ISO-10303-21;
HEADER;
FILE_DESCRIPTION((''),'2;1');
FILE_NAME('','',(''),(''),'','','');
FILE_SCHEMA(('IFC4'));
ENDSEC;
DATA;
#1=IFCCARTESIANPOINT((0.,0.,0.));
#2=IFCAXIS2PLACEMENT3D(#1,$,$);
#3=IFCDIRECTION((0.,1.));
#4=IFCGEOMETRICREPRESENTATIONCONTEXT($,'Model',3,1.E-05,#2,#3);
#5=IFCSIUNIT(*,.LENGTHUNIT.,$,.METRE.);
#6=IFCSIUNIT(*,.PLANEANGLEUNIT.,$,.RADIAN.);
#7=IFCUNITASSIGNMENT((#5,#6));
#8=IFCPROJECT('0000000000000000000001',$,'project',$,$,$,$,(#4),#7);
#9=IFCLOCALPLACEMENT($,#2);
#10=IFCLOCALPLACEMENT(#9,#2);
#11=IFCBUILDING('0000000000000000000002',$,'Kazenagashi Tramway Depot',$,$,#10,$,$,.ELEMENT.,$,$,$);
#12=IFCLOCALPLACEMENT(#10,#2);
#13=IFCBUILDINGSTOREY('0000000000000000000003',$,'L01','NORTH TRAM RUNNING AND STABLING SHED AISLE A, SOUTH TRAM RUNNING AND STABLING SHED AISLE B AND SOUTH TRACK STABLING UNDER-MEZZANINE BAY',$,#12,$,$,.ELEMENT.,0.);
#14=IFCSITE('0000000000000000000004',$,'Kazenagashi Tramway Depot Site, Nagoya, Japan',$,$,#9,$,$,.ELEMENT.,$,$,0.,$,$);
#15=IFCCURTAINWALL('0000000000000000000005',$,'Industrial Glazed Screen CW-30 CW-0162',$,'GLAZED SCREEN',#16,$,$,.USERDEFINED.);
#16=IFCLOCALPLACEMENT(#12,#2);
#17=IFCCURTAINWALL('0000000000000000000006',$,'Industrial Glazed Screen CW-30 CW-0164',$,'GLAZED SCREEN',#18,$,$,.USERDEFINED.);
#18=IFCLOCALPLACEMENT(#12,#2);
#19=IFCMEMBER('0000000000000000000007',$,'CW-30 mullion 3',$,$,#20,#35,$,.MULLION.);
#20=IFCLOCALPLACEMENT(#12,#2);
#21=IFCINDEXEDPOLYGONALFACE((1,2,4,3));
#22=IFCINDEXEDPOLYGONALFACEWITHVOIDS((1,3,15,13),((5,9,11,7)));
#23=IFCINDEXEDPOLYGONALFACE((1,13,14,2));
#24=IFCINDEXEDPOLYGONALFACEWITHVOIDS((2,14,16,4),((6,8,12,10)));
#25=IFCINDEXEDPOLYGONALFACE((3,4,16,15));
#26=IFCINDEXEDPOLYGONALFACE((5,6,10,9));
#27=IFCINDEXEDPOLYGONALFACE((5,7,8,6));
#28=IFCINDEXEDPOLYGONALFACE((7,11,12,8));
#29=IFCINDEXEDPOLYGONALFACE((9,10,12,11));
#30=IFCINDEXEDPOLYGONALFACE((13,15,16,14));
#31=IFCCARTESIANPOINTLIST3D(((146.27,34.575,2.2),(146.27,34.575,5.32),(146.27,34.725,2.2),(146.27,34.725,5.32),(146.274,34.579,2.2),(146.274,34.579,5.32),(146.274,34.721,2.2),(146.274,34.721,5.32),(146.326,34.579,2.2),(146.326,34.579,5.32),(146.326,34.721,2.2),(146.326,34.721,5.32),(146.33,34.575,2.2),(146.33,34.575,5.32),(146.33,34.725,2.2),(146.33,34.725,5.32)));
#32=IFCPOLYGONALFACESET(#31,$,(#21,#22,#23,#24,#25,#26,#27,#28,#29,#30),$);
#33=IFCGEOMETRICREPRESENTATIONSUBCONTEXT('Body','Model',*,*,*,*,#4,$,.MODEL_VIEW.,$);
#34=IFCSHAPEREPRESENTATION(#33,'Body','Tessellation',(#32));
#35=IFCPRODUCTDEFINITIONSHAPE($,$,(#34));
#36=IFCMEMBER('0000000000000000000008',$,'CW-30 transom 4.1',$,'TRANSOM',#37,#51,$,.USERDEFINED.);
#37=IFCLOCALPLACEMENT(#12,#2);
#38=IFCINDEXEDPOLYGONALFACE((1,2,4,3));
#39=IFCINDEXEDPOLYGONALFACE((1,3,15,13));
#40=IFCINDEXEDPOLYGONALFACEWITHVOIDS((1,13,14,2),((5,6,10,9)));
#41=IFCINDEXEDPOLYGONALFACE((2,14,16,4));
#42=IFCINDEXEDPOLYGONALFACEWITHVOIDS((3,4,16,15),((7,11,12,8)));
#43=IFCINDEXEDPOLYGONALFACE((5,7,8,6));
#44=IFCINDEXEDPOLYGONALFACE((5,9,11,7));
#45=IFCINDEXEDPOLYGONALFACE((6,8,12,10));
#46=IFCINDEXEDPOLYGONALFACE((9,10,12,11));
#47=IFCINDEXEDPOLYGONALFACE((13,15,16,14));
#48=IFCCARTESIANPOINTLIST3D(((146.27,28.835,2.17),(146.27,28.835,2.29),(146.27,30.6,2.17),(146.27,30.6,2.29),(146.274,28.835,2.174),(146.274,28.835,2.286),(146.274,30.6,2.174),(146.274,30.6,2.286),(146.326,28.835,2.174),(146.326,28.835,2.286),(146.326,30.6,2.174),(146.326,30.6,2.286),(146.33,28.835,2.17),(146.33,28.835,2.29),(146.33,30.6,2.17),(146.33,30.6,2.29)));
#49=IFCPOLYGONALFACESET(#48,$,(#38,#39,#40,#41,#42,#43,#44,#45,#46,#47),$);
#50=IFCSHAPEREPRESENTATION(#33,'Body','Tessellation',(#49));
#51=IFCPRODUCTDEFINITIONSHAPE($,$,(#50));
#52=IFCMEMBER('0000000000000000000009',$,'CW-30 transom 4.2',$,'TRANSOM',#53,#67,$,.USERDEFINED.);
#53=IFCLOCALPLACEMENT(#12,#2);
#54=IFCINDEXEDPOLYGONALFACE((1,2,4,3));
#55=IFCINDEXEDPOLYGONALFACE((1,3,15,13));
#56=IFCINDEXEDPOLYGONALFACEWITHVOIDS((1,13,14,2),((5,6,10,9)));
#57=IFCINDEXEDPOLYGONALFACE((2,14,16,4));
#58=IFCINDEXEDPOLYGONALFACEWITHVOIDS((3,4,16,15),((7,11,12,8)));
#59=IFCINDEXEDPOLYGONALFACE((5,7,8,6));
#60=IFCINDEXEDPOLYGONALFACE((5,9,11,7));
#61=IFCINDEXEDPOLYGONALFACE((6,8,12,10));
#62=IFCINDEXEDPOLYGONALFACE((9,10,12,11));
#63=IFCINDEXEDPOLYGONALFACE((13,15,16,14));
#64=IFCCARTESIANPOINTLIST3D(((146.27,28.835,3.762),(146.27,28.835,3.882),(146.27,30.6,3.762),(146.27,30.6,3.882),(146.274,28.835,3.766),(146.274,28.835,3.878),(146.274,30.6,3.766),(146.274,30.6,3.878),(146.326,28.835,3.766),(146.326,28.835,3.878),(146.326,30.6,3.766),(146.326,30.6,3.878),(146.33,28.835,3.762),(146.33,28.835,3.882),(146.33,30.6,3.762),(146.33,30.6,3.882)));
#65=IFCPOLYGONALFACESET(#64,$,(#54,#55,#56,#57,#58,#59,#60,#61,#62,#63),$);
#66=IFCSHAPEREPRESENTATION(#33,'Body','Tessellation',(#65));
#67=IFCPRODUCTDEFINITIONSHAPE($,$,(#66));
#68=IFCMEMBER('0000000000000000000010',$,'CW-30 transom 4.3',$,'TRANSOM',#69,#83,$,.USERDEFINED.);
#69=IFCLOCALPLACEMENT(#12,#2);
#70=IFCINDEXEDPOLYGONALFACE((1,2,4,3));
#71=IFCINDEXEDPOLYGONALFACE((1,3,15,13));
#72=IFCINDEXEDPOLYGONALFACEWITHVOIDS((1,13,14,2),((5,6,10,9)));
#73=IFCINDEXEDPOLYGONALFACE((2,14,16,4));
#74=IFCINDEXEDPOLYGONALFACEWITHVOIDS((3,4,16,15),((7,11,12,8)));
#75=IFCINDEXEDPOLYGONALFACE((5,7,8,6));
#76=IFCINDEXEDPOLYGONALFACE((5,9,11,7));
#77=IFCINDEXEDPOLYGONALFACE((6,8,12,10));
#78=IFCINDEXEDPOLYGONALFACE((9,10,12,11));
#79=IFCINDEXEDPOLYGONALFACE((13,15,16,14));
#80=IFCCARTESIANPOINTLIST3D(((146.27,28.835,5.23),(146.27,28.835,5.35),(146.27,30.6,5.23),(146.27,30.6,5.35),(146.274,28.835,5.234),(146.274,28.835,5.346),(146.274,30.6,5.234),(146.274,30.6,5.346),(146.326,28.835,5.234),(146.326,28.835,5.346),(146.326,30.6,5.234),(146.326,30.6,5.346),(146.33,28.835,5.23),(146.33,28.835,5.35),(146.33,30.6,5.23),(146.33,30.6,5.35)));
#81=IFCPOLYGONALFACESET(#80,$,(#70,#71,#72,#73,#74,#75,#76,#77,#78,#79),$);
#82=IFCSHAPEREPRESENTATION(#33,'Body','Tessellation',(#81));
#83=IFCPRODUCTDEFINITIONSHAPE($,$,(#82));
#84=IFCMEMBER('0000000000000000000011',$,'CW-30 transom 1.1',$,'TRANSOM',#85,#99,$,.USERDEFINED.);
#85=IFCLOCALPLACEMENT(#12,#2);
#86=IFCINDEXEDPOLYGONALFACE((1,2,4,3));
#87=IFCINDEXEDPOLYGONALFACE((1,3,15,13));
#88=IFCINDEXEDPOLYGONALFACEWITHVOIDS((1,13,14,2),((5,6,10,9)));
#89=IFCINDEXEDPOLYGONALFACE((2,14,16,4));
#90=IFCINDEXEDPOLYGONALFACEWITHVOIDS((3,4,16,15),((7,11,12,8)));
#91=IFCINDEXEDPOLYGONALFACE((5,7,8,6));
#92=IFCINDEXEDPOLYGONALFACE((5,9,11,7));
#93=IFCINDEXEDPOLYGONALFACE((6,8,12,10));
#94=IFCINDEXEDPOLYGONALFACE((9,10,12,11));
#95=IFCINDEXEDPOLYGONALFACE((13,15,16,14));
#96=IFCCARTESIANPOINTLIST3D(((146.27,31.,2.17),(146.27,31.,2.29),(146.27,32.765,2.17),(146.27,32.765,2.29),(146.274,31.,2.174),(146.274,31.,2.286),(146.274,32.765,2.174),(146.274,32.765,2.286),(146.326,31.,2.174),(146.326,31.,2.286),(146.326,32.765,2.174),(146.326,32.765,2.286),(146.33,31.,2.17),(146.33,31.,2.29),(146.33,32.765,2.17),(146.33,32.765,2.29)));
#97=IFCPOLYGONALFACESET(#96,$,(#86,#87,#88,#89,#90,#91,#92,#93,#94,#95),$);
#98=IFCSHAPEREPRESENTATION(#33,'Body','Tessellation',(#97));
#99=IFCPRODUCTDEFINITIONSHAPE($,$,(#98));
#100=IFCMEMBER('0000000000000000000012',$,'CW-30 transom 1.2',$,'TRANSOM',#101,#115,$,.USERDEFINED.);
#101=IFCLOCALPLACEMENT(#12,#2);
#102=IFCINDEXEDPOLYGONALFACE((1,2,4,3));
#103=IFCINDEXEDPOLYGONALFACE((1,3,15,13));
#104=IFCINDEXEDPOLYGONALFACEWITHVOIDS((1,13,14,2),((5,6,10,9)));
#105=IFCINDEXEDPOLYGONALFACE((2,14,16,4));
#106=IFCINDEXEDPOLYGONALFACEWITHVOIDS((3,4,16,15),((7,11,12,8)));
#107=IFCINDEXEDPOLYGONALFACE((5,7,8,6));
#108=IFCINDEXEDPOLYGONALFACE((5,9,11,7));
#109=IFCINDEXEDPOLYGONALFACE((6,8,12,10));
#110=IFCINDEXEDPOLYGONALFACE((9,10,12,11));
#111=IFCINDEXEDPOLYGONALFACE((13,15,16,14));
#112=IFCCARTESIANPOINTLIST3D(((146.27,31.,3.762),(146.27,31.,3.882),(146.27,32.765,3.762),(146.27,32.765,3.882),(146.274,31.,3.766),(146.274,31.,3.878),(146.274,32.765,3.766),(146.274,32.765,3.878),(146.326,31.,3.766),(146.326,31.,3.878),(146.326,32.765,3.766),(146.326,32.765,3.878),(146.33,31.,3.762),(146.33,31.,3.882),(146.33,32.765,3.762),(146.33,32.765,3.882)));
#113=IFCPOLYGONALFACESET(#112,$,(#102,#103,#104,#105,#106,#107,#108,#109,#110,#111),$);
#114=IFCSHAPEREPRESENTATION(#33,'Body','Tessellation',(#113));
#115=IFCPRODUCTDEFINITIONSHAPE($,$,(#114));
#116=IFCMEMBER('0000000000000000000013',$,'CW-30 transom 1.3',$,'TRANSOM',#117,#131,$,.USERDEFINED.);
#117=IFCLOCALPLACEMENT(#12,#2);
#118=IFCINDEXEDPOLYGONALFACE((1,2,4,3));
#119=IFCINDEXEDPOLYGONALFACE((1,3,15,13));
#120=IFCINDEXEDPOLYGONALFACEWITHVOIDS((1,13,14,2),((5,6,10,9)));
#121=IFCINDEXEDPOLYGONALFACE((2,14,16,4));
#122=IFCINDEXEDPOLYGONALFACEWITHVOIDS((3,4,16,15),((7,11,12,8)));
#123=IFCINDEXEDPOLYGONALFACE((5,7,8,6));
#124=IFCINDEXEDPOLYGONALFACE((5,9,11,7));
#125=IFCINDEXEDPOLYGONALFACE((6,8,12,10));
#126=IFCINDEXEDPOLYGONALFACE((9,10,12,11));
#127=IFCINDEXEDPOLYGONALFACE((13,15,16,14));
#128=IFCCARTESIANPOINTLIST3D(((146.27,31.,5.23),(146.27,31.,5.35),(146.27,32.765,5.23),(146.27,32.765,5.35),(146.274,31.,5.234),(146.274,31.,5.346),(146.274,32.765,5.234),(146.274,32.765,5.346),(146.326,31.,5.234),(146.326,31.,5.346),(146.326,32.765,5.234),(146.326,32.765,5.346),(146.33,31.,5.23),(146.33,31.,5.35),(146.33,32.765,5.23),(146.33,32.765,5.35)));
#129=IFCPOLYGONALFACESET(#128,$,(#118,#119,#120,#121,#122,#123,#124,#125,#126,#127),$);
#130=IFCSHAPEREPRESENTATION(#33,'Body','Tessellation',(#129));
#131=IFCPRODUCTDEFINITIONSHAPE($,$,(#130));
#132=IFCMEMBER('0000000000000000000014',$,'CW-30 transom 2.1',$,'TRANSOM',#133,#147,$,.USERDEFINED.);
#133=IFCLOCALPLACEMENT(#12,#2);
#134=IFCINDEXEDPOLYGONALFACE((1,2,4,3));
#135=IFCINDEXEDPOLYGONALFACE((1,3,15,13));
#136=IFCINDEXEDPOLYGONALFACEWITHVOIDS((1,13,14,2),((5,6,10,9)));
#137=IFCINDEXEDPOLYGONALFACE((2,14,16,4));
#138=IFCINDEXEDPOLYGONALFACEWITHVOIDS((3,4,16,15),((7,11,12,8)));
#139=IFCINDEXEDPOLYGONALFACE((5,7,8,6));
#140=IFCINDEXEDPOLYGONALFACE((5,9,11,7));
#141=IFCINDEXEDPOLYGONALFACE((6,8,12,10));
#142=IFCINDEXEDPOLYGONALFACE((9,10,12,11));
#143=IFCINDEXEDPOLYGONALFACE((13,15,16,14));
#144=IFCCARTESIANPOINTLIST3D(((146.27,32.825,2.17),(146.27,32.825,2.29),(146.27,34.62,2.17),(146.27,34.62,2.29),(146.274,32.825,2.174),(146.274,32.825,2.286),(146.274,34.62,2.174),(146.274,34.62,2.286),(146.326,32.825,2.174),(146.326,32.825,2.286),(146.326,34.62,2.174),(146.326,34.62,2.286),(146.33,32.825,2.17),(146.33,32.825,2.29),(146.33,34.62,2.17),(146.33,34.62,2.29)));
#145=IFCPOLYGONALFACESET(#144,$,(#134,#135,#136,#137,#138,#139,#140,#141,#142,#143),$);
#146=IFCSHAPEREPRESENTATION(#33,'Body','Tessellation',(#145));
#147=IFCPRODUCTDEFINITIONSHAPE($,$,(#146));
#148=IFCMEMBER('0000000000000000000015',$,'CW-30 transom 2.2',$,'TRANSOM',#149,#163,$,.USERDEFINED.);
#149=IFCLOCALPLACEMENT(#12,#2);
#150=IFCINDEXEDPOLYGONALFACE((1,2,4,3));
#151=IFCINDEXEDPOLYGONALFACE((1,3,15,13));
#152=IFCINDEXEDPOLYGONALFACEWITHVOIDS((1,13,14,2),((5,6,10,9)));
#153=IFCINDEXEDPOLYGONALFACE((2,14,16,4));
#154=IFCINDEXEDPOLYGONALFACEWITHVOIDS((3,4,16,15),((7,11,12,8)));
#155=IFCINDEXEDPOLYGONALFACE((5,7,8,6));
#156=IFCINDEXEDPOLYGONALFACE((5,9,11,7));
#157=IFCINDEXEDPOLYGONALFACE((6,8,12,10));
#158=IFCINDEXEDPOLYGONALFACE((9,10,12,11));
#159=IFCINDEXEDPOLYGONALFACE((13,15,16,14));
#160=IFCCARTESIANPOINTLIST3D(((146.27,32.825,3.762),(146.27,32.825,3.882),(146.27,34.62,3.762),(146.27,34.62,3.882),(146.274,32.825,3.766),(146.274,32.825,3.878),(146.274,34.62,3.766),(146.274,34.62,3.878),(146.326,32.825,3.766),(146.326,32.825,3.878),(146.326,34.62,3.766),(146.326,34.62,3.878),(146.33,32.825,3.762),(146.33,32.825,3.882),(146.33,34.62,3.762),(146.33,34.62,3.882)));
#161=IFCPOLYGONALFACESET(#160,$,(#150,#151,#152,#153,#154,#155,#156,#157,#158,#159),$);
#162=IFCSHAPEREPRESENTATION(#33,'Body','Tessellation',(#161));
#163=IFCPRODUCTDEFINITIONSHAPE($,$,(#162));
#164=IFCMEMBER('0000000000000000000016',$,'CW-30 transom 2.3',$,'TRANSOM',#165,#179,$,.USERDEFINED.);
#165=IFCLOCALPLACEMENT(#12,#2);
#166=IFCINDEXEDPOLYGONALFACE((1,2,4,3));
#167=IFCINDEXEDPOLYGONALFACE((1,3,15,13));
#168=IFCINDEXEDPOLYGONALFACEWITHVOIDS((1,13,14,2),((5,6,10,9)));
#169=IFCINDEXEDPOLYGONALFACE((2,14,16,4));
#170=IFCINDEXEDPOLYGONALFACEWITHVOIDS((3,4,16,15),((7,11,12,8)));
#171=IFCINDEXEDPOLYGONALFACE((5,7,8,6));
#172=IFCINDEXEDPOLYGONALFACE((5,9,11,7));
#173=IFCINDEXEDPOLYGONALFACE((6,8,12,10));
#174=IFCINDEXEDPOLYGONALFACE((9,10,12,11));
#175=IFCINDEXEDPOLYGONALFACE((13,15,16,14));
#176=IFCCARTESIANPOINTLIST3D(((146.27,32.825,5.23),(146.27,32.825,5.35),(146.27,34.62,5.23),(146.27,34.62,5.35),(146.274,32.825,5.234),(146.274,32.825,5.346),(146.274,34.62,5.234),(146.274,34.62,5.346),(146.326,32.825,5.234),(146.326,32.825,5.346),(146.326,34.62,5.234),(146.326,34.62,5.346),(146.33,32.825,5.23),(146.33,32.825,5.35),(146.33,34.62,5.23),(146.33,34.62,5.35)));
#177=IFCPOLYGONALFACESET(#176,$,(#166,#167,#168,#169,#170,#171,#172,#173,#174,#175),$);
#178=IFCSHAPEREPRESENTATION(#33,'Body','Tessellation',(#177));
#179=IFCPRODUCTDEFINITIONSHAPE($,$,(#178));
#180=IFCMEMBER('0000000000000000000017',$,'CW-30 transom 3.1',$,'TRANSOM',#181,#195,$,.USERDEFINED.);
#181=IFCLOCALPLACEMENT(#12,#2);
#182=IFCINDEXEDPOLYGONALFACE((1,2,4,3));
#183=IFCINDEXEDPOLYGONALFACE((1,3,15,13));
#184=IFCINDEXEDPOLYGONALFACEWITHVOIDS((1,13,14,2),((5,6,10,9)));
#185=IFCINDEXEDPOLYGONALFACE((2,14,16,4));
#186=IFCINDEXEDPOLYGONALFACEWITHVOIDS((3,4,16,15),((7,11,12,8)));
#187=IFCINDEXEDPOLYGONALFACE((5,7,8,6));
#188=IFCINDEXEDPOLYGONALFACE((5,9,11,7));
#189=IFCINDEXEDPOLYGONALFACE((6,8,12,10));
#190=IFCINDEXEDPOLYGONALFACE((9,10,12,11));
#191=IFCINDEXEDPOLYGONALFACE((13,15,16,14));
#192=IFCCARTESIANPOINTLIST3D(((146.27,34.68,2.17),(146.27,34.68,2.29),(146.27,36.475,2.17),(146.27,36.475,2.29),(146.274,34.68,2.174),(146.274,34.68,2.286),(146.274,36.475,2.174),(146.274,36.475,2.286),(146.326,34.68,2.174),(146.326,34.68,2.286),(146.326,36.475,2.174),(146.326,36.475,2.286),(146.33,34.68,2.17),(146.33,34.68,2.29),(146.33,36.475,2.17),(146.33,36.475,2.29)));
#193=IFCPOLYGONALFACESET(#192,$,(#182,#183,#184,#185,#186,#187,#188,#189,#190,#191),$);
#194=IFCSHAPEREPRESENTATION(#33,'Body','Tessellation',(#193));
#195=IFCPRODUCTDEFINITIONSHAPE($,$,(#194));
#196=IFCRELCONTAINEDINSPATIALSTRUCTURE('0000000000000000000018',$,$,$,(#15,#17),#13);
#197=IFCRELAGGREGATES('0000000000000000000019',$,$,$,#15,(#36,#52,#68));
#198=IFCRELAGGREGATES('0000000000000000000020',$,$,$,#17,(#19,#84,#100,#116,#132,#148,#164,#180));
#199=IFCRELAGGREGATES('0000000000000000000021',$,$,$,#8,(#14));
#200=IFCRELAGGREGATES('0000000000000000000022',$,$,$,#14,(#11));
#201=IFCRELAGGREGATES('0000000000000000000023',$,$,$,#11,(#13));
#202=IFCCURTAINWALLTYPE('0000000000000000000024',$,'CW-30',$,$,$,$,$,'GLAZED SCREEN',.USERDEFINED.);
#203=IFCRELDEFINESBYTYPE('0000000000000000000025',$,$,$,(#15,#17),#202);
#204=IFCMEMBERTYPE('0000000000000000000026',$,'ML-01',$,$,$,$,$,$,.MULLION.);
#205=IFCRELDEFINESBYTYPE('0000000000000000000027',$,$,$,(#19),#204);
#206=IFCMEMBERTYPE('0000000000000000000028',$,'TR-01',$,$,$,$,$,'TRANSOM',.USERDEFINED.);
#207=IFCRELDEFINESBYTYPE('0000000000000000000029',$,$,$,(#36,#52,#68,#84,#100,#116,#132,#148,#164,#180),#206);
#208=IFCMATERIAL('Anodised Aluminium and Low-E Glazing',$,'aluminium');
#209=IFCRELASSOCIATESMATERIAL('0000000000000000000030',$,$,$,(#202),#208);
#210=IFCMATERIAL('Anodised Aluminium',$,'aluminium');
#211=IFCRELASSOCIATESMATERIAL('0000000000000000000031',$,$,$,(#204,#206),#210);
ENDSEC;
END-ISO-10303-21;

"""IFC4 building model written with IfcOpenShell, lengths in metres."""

from ifc_helpers import new_model, si_unit, direction, frame, origin, origin_2d, place, context, subcontext, project, spatial, hollow_rectangle, extrude, material, material_profile, profile_set, type_object, element, aggregate, save


model = new_model("IFC4")

# Units and contexts
model_context = context("Model", 3, precision=1e-05, world=origin(), true_north=direction((0.0, 1.0)))
body_context = subcontext(model_context, "Body", "Model", "MODEL_VIEW")
ifc_project = project(units=[si_unit("LENGTHUNIT", "METRE"), si_unit("PLANEANGLEUNIT", "RADIAN")], contexts=[model_context])

# Site, building, storey
site_placement = place(None, origin())
site = spatial("IfcSite", under=ifc_project, at=site_placement, Name="Kazenagashi Tramway Depot Site, Nagoya, Japan", CompositionType="ELEMENT", RefElevation=0.0)
building_placement = place(site_placement, origin())
building = spatial("IfcBuilding", under=site, at=building_placement, Name="Kazenagashi Tramway Depot", CompositionType="ELEMENT")
storey_placement = place(building_placement, origin())
storey = spatial("IfcBuildingStorey", under=building, at=storey_placement, Name="L01", Description="NORTH TRAM RUNNING AND STABLING SHED AISLE A, SOUTH TRAM RUNNING AND STABLING SHED AISLE B AND SOUTH TRACK STABLING UNDER-MEZZANINE BAY", CompositionType="ELEMENT", Elevation=0.0)

# Curtain walls, member
ifc_material_1 = material(Name="Anodised Aluminium and Low-E Glazing", Category="aluminium")
curtain_wall_type = type_object("IfcCurtainWallType", Name="CW-30", ElementType="GLAZED SCREEN", PredefinedType="USERDEFINED", material=ifc_material_1)
curtain_wall_1_placement = place(storey_placement, origin())
curtain_wall_1 = element("IfcCurtainWall", 1, at=curtain_wall_1_placement, inside=storey, type_object=curtain_wall_type, Name="Industrial Glazed Screen CW-30 CW-0162", ObjectType="GLAZED SCREEN", PredefinedType="USERDEFINED")
ifc_material_2 = material(Name="Anodised Aluminium", Category="aluminium")
ifc_material_profile_1 = material_profile(ifc_material_2, hollow_rectangle(XDim=0.06, YDim=0.15, WallThickness=0.004, at=origin_2d()), Name="RHS-150x60x4")
ifc_profile_set_1 = profile_set([ifc_material_profile_1], Name="Anodised Aluminium")
member_type_1 = type_object("IfcMemberType", Name="ML-01", PredefinedType="MULLION", material=ifc_profile_set_1)
curtain_wall_2_placement = place(storey_placement, origin())
curtain_wall_2 = element("IfcCurtainWall", 2, at=curtain_wall_2_placement, inside=storey, type_object=curtain_wall_type, Name="Industrial Glazed Screen CW-30 CW-0164", ObjectType="GLAZED SCREEN", PredefinedType="USERDEFINED")
member_1_placement = place(storey_placement, frame((146.3, 34.65, 2.2), z_axis=(0.0, 0.0, 1.0), x_axis=(-1.0, 0.0, 0.0)))
member_1 = element("IfcMember", 3, at=member_1_placement, type_object=member_type_1, Name="CW-30 mullion 3", PredefinedType="MULLION", context=body_context, shape_type="SweptSolid", body=[
    extrude(hollow_rectangle(XDim=0.06, YDim=0.15, WallThickness=0.004, at=origin_2d()), origin(), (0.0, 0.0, 1.0), 3.12),
])

# Members
ifc_material_profile_2 = material_profile(ifc_material_2, hollow_rectangle(XDim=0.06, YDim=0.12, WallThickness=0.004, at=origin_2d()), Name="RHS-120x60x4")
ifc_profile_set_2 = profile_set([ifc_material_profile_2], Name="Anodised Aluminium")
member_type_2 = type_object("IfcMemberType", Name="TR-01", ElementType="TRANSOM", PredefinedType="USERDEFINED", material=ifc_profile_set_2)
member_2_placement = place(storey_placement, frame((146.3, 28.835, 2.23), z_axis=(0.0, 1.0, 0.0), x_axis=(-1.0, 0.0, 0.0)))
member_2 = element("IfcMember", 4, at=member_2_placement, type_object=member_type_2, Name="CW-30 transom 4.1", ObjectType="TRANSOM", PredefinedType="USERDEFINED", context=body_context, shape_type="SweptSolid", body=[
    extrude(hollow_rectangle(XDim=0.06, YDim=0.12, WallThickness=0.004, at=origin_2d()), origin(), (0.0, 0.0, 1.0), 1.765),
])
member_3_placement = place(storey_placement, frame((146.3, 28.835, 3.822), z_axis=(0.0, 1.0, 0.0), x_axis=(-1.0, 0.0, 0.0)))
member_3 = element("IfcMember", 5, at=member_3_placement, type_object=member_type_2, Name="CW-30 transom 4.2", ObjectType="TRANSOM", PredefinedType="USERDEFINED", context=body_context, shape_type="SweptSolid", body=[
    extrude(hollow_rectangle(XDim=0.06, YDim=0.12, WallThickness=0.004, at=origin_2d()), origin(), (0.0, 0.0, 1.0), 1.765),
])
member_4_placement = place(storey_placement, frame((146.3, 28.835, 5.29), z_axis=(0.0, 1.0, 0.0), x_axis=(-1.0, 0.0, 0.0)))
member_4 = element("IfcMember", 6, at=member_4_placement, type_object=member_type_2, Name="CW-30 transom 4.3", ObjectType="TRANSOM", PredefinedType="USERDEFINED", context=body_context, shape_type="SweptSolid", body=[
    extrude(hollow_rectangle(XDim=0.06, YDim=0.12, WallThickness=0.004, at=origin_2d()), origin(), (0.0, 0.0, 1.0), 1.765),
])
member_5_placement = place(storey_placement, frame((146.3, 31.0, 2.23), z_axis=(0.0, 1.0, 0.0), x_axis=(-1.0, 0.0, 0.0)))
member_5 = element("IfcMember", 7, at=member_5_placement, type_object=member_type_2, Name="CW-30 transom 1.1", ObjectType="TRANSOM", PredefinedType="USERDEFINED", context=body_context, shape_type="SweptSolid", body=[
    extrude(hollow_rectangle(XDim=0.06, YDim=0.12, WallThickness=0.004, at=origin_2d()), origin(), (0.0, 0.0, 1.0), 1.765),
])
member_6_placement = place(storey_placement, frame((146.3, 31.0, 3.822), z_axis=(0.0, 1.0, 0.0), x_axis=(-1.0, 0.0, 0.0)))
member_6 = element("IfcMember", 8, at=member_6_placement, type_object=member_type_2, Name="CW-30 transom 1.2", ObjectType="TRANSOM", PredefinedType="USERDEFINED", context=body_context, shape_type="SweptSolid", body=[
    extrude(hollow_rectangle(XDim=0.06, YDim=0.12, WallThickness=0.004, at=origin_2d()), origin(), (0.0, 0.0, 1.0), 1.765),
])
member_7_placement = place(storey_placement, frame((146.3, 31.0, 5.29), z_axis=(0.0, 1.0, 0.0), x_axis=(-1.0, 0.0, 0.0)))
member_7 = element("IfcMember", 9, at=member_7_placement, type_object=member_type_2, Name="CW-30 transom 1.3", ObjectType="TRANSOM", PredefinedType="USERDEFINED", context=body_context, shape_type="SweptSolid", body=[
    extrude(hollow_rectangle(XDim=0.06, YDim=0.12, WallThickness=0.004, at=origin_2d()), origin(), (0.0, 0.0, 1.0), 1.765),
])
member_8_placement = place(storey_placement, frame((146.3, 32.825, 2.23), z_axis=(0.0, 1.0, 0.0), x_axis=(-1.0, 0.0, 0.0)))
member_8 = element("IfcMember", 10, at=member_8_placement, type_object=member_type_2, Name="CW-30 transom 2.1", ObjectType="TRANSOM", PredefinedType="USERDEFINED", context=body_context, shape_type="SweptSolid", body=[
    extrude(hollow_rectangle(XDim=0.06, YDim=0.12, WallThickness=0.004, at=origin_2d()), origin(), (0.0, 0.0, 1.0), 1.795),
])
member_9_placement = place(storey_placement, frame((146.3, 32.825, 3.822), z_axis=(0.0, 1.0, 0.0), x_axis=(-1.0, 0.0, 0.0)))
member_9 = element("IfcMember", 11, at=member_9_placement, type_object=member_type_2, Name="CW-30 transom 2.2", ObjectType="TRANSOM", PredefinedType="USERDEFINED", context=body_context, shape_type="SweptSolid", body=[
    extrude(hollow_rectangle(XDim=0.06, YDim=0.12, WallThickness=0.004, at=origin_2d()), origin(), (0.0, 0.0, 1.0), 1.795),
])
member_10_placement = place(storey_placement, frame((146.3, 32.825, 5.29), z_axis=(0.0, 1.0, 0.0), x_axis=(-1.0, 0.0, 0.0)))
member_10 = element("IfcMember", 12, at=member_10_placement, type_object=member_type_2, Name="CW-30 transom 2.3", ObjectType="TRANSOM", PredefinedType="USERDEFINED", context=body_context, shape_type="SweptSolid", body=[
    extrude(hollow_rectangle(XDim=0.06, YDim=0.12, WallThickness=0.004, at=origin_2d()), origin(), (0.0, 0.0, 1.0), 1.795),
])
member_11_placement = place(storey_placement, frame((146.3, 34.68, 2.23), z_axis=(0.0, 1.0, 0.0), x_axis=(-1.0, 0.0, 0.0)))
member_11 = element("IfcMember", 13, at=member_11_placement, type_object=member_type_2, Name="CW-30 transom 3.1", ObjectType="TRANSOM", PredefinedType="USERDEFINED", context=body_context, shape_type="SweptSolid", body=[
    extrude(hollow_rectangle(XDim=0.06, YDim=0.12, WallThickness=0.004, at=origin_2d()), origin(), (0.0, 0.0, 1.0), 1.795),
])

aggregate(curtain_wall_1, [member_2, member_3, member_4])
aggregate(curtain_wall_2, [member_1, member_5, member_6, member_7, member_8, member_9, member_10, member_11])

save(model, "model.ifc")
